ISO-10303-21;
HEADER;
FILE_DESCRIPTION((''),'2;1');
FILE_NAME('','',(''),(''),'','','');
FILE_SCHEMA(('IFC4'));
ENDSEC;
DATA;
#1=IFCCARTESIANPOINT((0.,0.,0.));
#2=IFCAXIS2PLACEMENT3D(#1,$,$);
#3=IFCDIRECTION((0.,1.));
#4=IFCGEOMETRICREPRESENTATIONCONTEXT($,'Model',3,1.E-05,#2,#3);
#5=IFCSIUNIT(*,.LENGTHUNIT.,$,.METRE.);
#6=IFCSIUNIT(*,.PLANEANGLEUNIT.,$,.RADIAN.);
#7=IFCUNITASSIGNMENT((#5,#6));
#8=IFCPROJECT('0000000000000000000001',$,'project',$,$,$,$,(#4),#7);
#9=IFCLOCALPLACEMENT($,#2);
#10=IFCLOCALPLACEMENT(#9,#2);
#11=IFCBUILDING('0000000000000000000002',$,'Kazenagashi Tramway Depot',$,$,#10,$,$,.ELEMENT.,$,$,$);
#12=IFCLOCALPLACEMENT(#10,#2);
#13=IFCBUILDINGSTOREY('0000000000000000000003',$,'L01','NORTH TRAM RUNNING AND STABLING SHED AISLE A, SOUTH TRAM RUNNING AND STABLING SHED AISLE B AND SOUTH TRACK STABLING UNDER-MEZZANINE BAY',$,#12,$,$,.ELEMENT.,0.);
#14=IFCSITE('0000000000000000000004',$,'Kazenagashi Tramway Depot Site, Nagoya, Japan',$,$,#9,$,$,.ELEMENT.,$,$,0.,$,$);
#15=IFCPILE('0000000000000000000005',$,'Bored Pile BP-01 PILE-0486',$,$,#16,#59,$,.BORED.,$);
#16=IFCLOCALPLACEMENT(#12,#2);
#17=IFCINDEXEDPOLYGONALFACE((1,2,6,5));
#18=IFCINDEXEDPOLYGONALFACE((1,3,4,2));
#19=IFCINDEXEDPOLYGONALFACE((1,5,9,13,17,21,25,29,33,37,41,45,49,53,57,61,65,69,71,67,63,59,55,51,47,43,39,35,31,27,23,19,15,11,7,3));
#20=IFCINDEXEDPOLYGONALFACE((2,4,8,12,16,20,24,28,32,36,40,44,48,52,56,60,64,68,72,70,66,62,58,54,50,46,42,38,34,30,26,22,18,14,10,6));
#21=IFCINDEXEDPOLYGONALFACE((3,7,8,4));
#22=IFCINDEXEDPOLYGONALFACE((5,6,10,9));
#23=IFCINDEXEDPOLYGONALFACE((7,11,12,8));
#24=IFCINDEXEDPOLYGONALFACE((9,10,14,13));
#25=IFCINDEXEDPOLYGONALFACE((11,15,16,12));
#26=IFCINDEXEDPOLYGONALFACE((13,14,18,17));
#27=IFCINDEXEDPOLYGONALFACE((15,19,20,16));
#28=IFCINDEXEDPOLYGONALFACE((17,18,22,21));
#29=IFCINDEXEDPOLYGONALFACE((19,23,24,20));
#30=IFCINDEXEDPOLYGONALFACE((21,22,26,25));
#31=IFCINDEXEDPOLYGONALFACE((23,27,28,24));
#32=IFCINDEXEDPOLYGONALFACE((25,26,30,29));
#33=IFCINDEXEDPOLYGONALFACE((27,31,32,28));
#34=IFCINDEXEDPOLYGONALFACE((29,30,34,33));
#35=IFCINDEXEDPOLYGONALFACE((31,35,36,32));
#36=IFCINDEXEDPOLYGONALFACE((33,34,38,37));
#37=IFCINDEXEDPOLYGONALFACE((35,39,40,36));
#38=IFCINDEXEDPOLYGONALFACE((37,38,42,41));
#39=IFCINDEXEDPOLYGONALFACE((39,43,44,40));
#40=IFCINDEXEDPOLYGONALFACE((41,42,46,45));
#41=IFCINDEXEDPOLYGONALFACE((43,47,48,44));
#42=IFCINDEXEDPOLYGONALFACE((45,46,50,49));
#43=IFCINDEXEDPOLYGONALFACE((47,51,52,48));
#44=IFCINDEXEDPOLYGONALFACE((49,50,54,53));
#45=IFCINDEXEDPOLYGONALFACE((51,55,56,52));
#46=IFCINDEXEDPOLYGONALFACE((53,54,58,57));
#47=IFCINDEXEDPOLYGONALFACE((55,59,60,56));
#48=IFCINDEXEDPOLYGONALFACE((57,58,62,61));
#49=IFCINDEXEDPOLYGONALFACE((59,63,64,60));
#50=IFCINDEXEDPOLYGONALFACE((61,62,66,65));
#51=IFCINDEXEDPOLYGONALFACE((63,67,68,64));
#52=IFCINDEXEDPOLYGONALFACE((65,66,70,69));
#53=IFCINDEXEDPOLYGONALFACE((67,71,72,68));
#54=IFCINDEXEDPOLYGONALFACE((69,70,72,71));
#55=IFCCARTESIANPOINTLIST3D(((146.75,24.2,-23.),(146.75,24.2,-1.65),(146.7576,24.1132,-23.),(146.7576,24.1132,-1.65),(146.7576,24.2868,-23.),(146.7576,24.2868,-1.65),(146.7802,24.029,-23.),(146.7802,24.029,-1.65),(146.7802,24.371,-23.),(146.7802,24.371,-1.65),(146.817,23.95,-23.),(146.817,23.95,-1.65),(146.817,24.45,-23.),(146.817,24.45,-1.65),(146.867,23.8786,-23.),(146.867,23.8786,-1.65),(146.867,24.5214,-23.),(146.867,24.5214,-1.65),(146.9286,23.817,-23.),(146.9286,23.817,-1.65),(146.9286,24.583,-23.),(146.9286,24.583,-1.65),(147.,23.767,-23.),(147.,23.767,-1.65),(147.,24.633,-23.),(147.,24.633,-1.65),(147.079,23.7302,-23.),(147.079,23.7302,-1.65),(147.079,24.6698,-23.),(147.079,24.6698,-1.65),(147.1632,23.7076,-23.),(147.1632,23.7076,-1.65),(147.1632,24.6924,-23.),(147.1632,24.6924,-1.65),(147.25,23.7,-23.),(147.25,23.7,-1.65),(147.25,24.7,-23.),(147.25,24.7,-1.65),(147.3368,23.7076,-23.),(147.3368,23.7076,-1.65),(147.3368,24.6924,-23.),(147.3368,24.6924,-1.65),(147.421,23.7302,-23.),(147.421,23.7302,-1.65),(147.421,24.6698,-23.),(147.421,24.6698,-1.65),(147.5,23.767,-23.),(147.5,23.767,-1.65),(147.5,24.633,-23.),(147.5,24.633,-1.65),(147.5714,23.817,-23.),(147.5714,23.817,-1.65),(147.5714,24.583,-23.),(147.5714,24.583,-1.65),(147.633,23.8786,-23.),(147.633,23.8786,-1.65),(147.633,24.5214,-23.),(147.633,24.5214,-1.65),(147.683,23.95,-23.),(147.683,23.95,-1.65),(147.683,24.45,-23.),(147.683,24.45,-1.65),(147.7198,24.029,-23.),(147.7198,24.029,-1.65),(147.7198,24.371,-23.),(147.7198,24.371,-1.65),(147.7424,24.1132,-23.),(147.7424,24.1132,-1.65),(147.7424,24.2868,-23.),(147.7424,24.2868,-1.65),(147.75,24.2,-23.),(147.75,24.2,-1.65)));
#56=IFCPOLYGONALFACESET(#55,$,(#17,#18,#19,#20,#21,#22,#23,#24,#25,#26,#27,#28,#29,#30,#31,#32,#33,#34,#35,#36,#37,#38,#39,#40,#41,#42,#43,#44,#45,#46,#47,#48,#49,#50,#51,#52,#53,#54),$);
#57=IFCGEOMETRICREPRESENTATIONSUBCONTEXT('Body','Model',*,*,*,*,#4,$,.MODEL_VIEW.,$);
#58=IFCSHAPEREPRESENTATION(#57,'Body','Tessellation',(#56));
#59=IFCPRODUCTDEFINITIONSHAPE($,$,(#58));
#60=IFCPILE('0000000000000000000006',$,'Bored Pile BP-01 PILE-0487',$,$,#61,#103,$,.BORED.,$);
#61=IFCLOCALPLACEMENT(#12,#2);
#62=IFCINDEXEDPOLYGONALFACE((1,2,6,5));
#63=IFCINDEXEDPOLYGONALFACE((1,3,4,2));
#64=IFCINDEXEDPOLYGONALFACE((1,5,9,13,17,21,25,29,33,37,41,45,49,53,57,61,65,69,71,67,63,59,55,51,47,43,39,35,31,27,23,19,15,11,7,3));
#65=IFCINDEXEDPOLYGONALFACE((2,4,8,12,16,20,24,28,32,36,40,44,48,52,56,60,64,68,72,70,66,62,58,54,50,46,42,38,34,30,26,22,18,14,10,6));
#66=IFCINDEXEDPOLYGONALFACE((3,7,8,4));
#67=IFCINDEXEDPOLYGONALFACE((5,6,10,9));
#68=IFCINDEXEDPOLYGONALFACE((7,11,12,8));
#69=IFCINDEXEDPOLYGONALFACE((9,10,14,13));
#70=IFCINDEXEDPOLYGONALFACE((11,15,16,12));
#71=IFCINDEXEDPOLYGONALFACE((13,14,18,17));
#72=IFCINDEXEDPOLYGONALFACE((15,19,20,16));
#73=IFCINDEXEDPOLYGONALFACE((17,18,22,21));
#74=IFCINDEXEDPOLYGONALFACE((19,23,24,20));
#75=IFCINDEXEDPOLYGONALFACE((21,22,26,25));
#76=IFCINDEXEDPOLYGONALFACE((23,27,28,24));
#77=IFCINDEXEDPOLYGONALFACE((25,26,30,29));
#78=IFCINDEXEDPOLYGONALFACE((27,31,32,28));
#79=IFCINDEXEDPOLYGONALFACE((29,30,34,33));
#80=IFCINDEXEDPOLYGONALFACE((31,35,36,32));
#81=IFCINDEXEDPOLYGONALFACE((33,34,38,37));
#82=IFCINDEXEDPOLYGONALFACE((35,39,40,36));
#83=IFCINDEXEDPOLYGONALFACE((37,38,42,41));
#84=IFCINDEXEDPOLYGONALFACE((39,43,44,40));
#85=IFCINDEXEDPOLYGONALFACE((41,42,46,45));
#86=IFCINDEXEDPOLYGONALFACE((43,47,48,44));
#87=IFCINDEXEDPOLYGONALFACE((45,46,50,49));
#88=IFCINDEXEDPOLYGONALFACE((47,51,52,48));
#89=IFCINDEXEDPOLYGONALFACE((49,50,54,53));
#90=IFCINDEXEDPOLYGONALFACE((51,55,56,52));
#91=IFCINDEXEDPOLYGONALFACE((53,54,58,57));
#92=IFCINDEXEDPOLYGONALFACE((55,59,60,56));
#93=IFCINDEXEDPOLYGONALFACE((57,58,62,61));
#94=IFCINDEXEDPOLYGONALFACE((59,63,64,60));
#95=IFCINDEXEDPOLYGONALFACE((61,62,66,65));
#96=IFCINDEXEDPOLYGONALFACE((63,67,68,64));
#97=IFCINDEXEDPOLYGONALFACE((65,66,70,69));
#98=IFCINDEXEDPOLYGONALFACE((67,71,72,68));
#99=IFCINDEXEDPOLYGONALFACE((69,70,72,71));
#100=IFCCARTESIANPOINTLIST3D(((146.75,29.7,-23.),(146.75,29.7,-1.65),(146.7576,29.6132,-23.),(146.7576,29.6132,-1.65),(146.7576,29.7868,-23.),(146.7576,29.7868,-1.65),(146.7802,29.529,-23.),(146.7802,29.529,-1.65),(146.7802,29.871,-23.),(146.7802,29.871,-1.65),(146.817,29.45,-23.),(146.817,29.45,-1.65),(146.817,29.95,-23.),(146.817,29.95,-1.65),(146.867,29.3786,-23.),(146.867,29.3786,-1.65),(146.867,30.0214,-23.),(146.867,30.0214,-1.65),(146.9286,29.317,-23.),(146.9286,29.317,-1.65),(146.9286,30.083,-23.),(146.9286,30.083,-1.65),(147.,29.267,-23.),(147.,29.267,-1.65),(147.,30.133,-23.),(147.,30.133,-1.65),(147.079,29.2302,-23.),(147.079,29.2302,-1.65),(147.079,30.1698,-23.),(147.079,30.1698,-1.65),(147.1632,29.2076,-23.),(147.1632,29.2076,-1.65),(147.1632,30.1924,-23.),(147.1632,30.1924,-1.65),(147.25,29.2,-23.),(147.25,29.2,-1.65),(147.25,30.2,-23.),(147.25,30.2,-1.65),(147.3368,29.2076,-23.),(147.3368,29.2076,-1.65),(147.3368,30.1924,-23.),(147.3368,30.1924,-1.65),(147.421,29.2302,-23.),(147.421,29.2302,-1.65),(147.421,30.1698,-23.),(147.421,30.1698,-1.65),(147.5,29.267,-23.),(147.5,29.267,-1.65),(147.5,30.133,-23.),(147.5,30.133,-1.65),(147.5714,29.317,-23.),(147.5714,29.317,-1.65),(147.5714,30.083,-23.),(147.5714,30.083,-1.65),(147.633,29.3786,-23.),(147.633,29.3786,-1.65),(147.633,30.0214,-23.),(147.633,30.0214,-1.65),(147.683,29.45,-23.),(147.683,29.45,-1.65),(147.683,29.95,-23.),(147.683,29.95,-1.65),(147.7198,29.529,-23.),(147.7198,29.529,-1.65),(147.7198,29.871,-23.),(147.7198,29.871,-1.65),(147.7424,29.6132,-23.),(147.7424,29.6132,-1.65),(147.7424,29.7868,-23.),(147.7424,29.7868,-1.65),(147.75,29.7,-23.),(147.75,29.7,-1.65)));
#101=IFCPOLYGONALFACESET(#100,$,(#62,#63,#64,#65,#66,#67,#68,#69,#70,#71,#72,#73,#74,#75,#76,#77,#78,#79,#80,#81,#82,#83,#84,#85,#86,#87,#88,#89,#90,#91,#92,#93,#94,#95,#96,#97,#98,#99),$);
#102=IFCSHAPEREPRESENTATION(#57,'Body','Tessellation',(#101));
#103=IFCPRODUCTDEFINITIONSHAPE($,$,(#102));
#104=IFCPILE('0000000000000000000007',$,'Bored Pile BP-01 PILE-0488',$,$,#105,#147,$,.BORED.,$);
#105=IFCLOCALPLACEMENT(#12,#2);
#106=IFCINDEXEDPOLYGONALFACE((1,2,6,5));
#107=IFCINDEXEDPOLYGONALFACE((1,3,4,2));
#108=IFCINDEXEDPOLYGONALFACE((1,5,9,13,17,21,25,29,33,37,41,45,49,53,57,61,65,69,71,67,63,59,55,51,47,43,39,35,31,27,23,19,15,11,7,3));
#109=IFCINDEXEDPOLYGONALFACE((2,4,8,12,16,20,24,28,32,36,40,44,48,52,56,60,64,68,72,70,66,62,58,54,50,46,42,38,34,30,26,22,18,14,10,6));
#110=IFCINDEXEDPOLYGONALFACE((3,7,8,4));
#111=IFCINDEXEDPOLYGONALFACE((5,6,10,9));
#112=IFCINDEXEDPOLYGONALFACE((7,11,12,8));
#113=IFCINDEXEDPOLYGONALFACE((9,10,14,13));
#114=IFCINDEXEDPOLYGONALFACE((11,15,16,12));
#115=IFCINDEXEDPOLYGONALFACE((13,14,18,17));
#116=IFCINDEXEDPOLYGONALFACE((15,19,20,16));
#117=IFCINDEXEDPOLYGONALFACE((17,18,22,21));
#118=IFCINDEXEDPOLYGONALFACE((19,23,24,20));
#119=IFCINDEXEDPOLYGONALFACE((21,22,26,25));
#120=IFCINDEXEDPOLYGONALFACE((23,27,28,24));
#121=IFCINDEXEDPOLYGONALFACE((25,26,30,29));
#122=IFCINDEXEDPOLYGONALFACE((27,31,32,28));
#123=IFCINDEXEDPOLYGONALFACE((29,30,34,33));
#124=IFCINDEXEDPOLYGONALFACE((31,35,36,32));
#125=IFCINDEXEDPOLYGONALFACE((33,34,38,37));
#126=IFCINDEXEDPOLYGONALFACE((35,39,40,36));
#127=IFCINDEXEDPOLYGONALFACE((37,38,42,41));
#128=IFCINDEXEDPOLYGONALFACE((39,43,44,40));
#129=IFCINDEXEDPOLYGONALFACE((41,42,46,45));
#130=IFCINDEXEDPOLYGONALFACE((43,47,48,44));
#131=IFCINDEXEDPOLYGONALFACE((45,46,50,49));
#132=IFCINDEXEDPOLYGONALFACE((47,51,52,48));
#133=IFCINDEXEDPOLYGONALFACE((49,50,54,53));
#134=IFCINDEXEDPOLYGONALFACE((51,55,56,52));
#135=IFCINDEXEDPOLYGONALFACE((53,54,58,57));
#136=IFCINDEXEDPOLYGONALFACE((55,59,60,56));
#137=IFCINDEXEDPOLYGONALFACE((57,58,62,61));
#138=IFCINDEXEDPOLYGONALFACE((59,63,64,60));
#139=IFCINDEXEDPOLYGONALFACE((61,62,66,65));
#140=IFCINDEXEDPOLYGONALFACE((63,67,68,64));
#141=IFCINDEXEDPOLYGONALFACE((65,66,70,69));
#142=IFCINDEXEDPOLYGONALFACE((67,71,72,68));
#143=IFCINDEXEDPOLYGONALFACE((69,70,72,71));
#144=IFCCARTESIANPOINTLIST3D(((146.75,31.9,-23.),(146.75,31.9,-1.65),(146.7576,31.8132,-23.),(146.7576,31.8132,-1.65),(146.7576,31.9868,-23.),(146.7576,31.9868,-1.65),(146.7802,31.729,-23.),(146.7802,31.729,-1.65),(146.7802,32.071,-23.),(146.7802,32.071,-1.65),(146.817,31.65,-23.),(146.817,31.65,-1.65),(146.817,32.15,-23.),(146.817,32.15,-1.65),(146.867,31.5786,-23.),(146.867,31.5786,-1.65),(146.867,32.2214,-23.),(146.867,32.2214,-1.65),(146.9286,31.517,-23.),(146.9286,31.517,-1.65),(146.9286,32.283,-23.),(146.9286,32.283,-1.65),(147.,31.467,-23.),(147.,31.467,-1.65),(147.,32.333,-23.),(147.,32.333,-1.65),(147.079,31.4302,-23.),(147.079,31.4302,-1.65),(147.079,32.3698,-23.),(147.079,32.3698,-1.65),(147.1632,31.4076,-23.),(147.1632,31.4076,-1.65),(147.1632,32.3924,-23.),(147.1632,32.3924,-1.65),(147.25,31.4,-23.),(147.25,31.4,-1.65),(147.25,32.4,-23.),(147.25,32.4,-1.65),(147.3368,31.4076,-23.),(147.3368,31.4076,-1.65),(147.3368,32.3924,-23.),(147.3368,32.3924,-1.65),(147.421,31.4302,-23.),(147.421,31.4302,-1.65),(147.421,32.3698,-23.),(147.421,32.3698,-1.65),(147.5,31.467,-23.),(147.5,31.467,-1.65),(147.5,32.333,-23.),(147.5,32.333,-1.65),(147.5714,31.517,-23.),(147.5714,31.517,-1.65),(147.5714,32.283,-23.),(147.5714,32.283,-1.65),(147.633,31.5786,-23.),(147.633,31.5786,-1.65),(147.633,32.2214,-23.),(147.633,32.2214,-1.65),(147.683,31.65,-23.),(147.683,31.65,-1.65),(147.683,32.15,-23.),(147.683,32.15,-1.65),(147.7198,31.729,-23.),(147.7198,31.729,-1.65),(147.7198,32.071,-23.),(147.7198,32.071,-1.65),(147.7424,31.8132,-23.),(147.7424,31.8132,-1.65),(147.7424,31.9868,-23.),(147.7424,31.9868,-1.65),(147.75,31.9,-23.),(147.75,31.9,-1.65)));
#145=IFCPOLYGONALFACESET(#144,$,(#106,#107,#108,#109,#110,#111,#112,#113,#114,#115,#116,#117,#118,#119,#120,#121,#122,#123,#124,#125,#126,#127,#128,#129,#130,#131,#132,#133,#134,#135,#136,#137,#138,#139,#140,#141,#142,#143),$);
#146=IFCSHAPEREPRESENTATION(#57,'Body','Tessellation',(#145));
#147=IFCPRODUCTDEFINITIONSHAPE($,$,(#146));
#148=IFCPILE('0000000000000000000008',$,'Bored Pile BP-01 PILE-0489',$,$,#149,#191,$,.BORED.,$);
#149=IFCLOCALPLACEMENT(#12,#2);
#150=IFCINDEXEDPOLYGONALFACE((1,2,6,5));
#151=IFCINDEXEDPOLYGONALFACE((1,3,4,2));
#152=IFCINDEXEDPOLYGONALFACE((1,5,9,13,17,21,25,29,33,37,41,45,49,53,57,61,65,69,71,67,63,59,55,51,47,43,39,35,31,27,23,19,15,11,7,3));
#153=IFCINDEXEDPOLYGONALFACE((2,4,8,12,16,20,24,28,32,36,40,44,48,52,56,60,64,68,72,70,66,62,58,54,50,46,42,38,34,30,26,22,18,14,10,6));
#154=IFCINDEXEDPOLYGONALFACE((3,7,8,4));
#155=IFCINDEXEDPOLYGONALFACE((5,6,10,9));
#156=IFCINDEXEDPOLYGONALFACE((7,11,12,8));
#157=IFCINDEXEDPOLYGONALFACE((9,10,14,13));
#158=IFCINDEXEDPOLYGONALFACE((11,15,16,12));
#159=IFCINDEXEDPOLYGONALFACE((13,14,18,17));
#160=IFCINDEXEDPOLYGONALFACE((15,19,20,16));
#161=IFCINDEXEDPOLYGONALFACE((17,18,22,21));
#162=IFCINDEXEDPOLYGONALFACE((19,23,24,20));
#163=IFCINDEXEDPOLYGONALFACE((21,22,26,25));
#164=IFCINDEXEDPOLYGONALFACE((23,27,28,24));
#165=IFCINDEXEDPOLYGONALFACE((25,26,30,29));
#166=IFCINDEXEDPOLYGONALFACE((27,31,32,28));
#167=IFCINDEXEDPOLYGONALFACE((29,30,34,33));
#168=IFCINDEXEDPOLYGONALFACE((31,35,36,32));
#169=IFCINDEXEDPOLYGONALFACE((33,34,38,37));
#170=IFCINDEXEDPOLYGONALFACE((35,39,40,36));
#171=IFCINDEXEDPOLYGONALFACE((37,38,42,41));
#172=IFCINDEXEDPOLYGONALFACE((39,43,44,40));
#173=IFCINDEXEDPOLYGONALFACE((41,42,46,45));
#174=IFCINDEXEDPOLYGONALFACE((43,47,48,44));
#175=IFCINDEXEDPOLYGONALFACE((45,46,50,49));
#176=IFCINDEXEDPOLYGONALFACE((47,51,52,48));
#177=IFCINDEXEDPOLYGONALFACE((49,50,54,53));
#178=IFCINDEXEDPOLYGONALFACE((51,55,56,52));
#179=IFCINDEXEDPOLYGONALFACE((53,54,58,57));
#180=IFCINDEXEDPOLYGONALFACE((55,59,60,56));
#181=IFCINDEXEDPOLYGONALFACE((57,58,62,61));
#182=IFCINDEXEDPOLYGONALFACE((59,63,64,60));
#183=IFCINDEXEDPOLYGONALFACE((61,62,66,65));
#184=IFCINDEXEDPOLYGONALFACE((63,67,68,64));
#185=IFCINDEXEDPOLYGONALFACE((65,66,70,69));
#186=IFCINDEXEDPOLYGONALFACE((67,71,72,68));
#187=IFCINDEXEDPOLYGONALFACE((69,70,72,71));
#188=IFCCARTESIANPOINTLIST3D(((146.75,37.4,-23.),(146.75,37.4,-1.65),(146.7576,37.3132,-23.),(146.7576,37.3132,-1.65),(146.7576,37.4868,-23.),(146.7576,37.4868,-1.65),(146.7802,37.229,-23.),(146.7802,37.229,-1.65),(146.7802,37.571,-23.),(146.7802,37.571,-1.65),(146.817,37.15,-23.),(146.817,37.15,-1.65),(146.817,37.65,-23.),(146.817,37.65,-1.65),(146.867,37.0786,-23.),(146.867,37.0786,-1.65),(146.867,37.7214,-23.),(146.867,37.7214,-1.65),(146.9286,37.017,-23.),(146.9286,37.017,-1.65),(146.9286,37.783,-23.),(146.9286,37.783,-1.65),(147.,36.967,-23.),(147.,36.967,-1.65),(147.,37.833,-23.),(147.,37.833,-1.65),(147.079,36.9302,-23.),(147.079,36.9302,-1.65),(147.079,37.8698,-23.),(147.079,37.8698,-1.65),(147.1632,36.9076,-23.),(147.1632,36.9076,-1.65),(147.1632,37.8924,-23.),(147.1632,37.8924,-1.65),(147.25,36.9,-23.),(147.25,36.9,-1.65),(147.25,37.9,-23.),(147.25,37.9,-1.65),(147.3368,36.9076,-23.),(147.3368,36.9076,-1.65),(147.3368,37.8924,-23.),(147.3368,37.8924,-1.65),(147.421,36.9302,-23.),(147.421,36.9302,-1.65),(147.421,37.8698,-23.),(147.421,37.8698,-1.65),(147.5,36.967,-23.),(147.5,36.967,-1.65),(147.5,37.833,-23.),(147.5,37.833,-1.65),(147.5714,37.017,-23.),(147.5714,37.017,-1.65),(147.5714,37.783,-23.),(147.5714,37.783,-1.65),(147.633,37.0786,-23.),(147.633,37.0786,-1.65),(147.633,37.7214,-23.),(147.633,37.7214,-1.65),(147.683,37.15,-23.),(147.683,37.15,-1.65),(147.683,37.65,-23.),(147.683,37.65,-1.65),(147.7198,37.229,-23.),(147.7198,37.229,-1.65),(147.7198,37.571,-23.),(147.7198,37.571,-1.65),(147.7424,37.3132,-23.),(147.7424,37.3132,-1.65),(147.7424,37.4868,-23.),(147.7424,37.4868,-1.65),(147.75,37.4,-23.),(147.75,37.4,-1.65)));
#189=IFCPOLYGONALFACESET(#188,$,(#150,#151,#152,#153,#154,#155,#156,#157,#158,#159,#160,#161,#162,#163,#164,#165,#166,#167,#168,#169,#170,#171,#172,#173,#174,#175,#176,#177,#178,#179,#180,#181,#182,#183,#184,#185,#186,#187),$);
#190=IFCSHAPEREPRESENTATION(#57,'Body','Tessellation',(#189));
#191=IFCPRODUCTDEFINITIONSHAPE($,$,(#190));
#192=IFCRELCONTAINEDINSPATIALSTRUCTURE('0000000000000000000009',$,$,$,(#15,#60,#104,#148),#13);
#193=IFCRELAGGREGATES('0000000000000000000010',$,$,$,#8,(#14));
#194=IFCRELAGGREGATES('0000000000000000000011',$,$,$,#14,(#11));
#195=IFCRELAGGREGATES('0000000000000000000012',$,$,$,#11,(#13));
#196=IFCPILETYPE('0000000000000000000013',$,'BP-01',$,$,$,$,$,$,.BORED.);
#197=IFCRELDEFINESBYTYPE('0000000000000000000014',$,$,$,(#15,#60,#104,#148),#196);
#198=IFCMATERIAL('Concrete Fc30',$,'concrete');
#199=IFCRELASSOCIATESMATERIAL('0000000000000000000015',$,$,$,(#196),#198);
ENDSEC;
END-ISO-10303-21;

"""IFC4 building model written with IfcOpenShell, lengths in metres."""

from ifc_helpers import new_model, si_unit, direction, frame, origin, origin_2d, place, context, subcontext, project, spatial, circle, extrude, material, material_profile, profile_set, type_object, element, save


model = new_model("IFC4")

# Units and contexts
model_context = context("Model", 3, precision=1e-05, world=origin(), true_north=direction((0.0, 1.0)))
body_context = subcontext(model_context, "Body", "Model", "MODEL_VIEW")
ifc_project = project(units=[si_unit("LENGTHUNIT", "METRE"), si_unit("PLANEANGLEUNIT", "RADIAN")], contexts=[model_context])

# Site, building, storey
site_placement = place(None, origin())
site = spatial("IfcSite", under=ifc_project, at=site_placement, Name="Kazenagashi Tramway Depot Site, Nagoya, Japan", CompositionType="ELEMENT", RefElevation=0.0)
building_placement = place(site_placement, origin())
building = spatial("IfcBuilding", under=site, at=building_placement, Name="Kazenagashi Tramway Depot", CompositionType="ELEMENT")
storey_placement = place(building_placement, origin())
storey = spatial("IfcBuildingStorey", under=building, at=storey_placement, Name="L01", Description="NORTH TRAM RUNNING AND STABLING SHED AISLE A, SOUTH TRAM RUNNING AND STABLING SHED AISLE B AND SOUTH TRACK STABLING UNDER-MEZZANINE BAY", CompositionType="ELEMENT", Elevation=0.0)

# Piles
ifc_material_1 = material(Name="Concrete Fc30", Category="concrete")
ifc_material_profile_1 = material_profile(ifc_material_1, circle(Radius=0.5, at=origin_2d()), Name="PILE-1000")
ifc_profile_set_1 = profile_set([ifc_material_profile_1], Name="Concrete Fc30")
pile_type = type_object("IfcPileType", Name="BP-01", PredefinedType="BORED", material=ifc_profile_set_1)
for number, where, z_axis, x_axis, name in (
    (1, (147.25, 24.2, -1.65), (0.0, 0.0, -1.0), (1.0, 0.0, 0.0), "Bored Pile BP-01 PILE-0486"),
    (2, (147.25, 29.7, -1.65), (0.0, 0.0, -1.0), (1.0, 0.0, 0.0), "Bored Pile BP-01 PILE-0487"),
    (3, (147.25, 31.9, -1.65), (0.0, 0.0, -1.0), (1.0, 0.0, 0.0), "Bored Pile BP-01 PILE-0488"),
    (4, (147.25, 37.4, -1.65), (0.0, 0.0, -1.0), (1.0, 0.0, 0.0), "Bored Pile BP-01 PILE-0489"),
):
    element("IfcPile", number, at=place(storey_placement, frame(where, z_axis=z_axis, x_axis=x_axis)), inside=storey, type_object=pile_type, Name=name, PredefinedType="BORED", context=body_context, shape_type="SweptSolid", body=[
        extrude(circle(Radius=0.5, at=origin_2d()), origin(), (0.0, 0.0, 1.0), 21.35),
    ])

save(model, "model.ifc")
